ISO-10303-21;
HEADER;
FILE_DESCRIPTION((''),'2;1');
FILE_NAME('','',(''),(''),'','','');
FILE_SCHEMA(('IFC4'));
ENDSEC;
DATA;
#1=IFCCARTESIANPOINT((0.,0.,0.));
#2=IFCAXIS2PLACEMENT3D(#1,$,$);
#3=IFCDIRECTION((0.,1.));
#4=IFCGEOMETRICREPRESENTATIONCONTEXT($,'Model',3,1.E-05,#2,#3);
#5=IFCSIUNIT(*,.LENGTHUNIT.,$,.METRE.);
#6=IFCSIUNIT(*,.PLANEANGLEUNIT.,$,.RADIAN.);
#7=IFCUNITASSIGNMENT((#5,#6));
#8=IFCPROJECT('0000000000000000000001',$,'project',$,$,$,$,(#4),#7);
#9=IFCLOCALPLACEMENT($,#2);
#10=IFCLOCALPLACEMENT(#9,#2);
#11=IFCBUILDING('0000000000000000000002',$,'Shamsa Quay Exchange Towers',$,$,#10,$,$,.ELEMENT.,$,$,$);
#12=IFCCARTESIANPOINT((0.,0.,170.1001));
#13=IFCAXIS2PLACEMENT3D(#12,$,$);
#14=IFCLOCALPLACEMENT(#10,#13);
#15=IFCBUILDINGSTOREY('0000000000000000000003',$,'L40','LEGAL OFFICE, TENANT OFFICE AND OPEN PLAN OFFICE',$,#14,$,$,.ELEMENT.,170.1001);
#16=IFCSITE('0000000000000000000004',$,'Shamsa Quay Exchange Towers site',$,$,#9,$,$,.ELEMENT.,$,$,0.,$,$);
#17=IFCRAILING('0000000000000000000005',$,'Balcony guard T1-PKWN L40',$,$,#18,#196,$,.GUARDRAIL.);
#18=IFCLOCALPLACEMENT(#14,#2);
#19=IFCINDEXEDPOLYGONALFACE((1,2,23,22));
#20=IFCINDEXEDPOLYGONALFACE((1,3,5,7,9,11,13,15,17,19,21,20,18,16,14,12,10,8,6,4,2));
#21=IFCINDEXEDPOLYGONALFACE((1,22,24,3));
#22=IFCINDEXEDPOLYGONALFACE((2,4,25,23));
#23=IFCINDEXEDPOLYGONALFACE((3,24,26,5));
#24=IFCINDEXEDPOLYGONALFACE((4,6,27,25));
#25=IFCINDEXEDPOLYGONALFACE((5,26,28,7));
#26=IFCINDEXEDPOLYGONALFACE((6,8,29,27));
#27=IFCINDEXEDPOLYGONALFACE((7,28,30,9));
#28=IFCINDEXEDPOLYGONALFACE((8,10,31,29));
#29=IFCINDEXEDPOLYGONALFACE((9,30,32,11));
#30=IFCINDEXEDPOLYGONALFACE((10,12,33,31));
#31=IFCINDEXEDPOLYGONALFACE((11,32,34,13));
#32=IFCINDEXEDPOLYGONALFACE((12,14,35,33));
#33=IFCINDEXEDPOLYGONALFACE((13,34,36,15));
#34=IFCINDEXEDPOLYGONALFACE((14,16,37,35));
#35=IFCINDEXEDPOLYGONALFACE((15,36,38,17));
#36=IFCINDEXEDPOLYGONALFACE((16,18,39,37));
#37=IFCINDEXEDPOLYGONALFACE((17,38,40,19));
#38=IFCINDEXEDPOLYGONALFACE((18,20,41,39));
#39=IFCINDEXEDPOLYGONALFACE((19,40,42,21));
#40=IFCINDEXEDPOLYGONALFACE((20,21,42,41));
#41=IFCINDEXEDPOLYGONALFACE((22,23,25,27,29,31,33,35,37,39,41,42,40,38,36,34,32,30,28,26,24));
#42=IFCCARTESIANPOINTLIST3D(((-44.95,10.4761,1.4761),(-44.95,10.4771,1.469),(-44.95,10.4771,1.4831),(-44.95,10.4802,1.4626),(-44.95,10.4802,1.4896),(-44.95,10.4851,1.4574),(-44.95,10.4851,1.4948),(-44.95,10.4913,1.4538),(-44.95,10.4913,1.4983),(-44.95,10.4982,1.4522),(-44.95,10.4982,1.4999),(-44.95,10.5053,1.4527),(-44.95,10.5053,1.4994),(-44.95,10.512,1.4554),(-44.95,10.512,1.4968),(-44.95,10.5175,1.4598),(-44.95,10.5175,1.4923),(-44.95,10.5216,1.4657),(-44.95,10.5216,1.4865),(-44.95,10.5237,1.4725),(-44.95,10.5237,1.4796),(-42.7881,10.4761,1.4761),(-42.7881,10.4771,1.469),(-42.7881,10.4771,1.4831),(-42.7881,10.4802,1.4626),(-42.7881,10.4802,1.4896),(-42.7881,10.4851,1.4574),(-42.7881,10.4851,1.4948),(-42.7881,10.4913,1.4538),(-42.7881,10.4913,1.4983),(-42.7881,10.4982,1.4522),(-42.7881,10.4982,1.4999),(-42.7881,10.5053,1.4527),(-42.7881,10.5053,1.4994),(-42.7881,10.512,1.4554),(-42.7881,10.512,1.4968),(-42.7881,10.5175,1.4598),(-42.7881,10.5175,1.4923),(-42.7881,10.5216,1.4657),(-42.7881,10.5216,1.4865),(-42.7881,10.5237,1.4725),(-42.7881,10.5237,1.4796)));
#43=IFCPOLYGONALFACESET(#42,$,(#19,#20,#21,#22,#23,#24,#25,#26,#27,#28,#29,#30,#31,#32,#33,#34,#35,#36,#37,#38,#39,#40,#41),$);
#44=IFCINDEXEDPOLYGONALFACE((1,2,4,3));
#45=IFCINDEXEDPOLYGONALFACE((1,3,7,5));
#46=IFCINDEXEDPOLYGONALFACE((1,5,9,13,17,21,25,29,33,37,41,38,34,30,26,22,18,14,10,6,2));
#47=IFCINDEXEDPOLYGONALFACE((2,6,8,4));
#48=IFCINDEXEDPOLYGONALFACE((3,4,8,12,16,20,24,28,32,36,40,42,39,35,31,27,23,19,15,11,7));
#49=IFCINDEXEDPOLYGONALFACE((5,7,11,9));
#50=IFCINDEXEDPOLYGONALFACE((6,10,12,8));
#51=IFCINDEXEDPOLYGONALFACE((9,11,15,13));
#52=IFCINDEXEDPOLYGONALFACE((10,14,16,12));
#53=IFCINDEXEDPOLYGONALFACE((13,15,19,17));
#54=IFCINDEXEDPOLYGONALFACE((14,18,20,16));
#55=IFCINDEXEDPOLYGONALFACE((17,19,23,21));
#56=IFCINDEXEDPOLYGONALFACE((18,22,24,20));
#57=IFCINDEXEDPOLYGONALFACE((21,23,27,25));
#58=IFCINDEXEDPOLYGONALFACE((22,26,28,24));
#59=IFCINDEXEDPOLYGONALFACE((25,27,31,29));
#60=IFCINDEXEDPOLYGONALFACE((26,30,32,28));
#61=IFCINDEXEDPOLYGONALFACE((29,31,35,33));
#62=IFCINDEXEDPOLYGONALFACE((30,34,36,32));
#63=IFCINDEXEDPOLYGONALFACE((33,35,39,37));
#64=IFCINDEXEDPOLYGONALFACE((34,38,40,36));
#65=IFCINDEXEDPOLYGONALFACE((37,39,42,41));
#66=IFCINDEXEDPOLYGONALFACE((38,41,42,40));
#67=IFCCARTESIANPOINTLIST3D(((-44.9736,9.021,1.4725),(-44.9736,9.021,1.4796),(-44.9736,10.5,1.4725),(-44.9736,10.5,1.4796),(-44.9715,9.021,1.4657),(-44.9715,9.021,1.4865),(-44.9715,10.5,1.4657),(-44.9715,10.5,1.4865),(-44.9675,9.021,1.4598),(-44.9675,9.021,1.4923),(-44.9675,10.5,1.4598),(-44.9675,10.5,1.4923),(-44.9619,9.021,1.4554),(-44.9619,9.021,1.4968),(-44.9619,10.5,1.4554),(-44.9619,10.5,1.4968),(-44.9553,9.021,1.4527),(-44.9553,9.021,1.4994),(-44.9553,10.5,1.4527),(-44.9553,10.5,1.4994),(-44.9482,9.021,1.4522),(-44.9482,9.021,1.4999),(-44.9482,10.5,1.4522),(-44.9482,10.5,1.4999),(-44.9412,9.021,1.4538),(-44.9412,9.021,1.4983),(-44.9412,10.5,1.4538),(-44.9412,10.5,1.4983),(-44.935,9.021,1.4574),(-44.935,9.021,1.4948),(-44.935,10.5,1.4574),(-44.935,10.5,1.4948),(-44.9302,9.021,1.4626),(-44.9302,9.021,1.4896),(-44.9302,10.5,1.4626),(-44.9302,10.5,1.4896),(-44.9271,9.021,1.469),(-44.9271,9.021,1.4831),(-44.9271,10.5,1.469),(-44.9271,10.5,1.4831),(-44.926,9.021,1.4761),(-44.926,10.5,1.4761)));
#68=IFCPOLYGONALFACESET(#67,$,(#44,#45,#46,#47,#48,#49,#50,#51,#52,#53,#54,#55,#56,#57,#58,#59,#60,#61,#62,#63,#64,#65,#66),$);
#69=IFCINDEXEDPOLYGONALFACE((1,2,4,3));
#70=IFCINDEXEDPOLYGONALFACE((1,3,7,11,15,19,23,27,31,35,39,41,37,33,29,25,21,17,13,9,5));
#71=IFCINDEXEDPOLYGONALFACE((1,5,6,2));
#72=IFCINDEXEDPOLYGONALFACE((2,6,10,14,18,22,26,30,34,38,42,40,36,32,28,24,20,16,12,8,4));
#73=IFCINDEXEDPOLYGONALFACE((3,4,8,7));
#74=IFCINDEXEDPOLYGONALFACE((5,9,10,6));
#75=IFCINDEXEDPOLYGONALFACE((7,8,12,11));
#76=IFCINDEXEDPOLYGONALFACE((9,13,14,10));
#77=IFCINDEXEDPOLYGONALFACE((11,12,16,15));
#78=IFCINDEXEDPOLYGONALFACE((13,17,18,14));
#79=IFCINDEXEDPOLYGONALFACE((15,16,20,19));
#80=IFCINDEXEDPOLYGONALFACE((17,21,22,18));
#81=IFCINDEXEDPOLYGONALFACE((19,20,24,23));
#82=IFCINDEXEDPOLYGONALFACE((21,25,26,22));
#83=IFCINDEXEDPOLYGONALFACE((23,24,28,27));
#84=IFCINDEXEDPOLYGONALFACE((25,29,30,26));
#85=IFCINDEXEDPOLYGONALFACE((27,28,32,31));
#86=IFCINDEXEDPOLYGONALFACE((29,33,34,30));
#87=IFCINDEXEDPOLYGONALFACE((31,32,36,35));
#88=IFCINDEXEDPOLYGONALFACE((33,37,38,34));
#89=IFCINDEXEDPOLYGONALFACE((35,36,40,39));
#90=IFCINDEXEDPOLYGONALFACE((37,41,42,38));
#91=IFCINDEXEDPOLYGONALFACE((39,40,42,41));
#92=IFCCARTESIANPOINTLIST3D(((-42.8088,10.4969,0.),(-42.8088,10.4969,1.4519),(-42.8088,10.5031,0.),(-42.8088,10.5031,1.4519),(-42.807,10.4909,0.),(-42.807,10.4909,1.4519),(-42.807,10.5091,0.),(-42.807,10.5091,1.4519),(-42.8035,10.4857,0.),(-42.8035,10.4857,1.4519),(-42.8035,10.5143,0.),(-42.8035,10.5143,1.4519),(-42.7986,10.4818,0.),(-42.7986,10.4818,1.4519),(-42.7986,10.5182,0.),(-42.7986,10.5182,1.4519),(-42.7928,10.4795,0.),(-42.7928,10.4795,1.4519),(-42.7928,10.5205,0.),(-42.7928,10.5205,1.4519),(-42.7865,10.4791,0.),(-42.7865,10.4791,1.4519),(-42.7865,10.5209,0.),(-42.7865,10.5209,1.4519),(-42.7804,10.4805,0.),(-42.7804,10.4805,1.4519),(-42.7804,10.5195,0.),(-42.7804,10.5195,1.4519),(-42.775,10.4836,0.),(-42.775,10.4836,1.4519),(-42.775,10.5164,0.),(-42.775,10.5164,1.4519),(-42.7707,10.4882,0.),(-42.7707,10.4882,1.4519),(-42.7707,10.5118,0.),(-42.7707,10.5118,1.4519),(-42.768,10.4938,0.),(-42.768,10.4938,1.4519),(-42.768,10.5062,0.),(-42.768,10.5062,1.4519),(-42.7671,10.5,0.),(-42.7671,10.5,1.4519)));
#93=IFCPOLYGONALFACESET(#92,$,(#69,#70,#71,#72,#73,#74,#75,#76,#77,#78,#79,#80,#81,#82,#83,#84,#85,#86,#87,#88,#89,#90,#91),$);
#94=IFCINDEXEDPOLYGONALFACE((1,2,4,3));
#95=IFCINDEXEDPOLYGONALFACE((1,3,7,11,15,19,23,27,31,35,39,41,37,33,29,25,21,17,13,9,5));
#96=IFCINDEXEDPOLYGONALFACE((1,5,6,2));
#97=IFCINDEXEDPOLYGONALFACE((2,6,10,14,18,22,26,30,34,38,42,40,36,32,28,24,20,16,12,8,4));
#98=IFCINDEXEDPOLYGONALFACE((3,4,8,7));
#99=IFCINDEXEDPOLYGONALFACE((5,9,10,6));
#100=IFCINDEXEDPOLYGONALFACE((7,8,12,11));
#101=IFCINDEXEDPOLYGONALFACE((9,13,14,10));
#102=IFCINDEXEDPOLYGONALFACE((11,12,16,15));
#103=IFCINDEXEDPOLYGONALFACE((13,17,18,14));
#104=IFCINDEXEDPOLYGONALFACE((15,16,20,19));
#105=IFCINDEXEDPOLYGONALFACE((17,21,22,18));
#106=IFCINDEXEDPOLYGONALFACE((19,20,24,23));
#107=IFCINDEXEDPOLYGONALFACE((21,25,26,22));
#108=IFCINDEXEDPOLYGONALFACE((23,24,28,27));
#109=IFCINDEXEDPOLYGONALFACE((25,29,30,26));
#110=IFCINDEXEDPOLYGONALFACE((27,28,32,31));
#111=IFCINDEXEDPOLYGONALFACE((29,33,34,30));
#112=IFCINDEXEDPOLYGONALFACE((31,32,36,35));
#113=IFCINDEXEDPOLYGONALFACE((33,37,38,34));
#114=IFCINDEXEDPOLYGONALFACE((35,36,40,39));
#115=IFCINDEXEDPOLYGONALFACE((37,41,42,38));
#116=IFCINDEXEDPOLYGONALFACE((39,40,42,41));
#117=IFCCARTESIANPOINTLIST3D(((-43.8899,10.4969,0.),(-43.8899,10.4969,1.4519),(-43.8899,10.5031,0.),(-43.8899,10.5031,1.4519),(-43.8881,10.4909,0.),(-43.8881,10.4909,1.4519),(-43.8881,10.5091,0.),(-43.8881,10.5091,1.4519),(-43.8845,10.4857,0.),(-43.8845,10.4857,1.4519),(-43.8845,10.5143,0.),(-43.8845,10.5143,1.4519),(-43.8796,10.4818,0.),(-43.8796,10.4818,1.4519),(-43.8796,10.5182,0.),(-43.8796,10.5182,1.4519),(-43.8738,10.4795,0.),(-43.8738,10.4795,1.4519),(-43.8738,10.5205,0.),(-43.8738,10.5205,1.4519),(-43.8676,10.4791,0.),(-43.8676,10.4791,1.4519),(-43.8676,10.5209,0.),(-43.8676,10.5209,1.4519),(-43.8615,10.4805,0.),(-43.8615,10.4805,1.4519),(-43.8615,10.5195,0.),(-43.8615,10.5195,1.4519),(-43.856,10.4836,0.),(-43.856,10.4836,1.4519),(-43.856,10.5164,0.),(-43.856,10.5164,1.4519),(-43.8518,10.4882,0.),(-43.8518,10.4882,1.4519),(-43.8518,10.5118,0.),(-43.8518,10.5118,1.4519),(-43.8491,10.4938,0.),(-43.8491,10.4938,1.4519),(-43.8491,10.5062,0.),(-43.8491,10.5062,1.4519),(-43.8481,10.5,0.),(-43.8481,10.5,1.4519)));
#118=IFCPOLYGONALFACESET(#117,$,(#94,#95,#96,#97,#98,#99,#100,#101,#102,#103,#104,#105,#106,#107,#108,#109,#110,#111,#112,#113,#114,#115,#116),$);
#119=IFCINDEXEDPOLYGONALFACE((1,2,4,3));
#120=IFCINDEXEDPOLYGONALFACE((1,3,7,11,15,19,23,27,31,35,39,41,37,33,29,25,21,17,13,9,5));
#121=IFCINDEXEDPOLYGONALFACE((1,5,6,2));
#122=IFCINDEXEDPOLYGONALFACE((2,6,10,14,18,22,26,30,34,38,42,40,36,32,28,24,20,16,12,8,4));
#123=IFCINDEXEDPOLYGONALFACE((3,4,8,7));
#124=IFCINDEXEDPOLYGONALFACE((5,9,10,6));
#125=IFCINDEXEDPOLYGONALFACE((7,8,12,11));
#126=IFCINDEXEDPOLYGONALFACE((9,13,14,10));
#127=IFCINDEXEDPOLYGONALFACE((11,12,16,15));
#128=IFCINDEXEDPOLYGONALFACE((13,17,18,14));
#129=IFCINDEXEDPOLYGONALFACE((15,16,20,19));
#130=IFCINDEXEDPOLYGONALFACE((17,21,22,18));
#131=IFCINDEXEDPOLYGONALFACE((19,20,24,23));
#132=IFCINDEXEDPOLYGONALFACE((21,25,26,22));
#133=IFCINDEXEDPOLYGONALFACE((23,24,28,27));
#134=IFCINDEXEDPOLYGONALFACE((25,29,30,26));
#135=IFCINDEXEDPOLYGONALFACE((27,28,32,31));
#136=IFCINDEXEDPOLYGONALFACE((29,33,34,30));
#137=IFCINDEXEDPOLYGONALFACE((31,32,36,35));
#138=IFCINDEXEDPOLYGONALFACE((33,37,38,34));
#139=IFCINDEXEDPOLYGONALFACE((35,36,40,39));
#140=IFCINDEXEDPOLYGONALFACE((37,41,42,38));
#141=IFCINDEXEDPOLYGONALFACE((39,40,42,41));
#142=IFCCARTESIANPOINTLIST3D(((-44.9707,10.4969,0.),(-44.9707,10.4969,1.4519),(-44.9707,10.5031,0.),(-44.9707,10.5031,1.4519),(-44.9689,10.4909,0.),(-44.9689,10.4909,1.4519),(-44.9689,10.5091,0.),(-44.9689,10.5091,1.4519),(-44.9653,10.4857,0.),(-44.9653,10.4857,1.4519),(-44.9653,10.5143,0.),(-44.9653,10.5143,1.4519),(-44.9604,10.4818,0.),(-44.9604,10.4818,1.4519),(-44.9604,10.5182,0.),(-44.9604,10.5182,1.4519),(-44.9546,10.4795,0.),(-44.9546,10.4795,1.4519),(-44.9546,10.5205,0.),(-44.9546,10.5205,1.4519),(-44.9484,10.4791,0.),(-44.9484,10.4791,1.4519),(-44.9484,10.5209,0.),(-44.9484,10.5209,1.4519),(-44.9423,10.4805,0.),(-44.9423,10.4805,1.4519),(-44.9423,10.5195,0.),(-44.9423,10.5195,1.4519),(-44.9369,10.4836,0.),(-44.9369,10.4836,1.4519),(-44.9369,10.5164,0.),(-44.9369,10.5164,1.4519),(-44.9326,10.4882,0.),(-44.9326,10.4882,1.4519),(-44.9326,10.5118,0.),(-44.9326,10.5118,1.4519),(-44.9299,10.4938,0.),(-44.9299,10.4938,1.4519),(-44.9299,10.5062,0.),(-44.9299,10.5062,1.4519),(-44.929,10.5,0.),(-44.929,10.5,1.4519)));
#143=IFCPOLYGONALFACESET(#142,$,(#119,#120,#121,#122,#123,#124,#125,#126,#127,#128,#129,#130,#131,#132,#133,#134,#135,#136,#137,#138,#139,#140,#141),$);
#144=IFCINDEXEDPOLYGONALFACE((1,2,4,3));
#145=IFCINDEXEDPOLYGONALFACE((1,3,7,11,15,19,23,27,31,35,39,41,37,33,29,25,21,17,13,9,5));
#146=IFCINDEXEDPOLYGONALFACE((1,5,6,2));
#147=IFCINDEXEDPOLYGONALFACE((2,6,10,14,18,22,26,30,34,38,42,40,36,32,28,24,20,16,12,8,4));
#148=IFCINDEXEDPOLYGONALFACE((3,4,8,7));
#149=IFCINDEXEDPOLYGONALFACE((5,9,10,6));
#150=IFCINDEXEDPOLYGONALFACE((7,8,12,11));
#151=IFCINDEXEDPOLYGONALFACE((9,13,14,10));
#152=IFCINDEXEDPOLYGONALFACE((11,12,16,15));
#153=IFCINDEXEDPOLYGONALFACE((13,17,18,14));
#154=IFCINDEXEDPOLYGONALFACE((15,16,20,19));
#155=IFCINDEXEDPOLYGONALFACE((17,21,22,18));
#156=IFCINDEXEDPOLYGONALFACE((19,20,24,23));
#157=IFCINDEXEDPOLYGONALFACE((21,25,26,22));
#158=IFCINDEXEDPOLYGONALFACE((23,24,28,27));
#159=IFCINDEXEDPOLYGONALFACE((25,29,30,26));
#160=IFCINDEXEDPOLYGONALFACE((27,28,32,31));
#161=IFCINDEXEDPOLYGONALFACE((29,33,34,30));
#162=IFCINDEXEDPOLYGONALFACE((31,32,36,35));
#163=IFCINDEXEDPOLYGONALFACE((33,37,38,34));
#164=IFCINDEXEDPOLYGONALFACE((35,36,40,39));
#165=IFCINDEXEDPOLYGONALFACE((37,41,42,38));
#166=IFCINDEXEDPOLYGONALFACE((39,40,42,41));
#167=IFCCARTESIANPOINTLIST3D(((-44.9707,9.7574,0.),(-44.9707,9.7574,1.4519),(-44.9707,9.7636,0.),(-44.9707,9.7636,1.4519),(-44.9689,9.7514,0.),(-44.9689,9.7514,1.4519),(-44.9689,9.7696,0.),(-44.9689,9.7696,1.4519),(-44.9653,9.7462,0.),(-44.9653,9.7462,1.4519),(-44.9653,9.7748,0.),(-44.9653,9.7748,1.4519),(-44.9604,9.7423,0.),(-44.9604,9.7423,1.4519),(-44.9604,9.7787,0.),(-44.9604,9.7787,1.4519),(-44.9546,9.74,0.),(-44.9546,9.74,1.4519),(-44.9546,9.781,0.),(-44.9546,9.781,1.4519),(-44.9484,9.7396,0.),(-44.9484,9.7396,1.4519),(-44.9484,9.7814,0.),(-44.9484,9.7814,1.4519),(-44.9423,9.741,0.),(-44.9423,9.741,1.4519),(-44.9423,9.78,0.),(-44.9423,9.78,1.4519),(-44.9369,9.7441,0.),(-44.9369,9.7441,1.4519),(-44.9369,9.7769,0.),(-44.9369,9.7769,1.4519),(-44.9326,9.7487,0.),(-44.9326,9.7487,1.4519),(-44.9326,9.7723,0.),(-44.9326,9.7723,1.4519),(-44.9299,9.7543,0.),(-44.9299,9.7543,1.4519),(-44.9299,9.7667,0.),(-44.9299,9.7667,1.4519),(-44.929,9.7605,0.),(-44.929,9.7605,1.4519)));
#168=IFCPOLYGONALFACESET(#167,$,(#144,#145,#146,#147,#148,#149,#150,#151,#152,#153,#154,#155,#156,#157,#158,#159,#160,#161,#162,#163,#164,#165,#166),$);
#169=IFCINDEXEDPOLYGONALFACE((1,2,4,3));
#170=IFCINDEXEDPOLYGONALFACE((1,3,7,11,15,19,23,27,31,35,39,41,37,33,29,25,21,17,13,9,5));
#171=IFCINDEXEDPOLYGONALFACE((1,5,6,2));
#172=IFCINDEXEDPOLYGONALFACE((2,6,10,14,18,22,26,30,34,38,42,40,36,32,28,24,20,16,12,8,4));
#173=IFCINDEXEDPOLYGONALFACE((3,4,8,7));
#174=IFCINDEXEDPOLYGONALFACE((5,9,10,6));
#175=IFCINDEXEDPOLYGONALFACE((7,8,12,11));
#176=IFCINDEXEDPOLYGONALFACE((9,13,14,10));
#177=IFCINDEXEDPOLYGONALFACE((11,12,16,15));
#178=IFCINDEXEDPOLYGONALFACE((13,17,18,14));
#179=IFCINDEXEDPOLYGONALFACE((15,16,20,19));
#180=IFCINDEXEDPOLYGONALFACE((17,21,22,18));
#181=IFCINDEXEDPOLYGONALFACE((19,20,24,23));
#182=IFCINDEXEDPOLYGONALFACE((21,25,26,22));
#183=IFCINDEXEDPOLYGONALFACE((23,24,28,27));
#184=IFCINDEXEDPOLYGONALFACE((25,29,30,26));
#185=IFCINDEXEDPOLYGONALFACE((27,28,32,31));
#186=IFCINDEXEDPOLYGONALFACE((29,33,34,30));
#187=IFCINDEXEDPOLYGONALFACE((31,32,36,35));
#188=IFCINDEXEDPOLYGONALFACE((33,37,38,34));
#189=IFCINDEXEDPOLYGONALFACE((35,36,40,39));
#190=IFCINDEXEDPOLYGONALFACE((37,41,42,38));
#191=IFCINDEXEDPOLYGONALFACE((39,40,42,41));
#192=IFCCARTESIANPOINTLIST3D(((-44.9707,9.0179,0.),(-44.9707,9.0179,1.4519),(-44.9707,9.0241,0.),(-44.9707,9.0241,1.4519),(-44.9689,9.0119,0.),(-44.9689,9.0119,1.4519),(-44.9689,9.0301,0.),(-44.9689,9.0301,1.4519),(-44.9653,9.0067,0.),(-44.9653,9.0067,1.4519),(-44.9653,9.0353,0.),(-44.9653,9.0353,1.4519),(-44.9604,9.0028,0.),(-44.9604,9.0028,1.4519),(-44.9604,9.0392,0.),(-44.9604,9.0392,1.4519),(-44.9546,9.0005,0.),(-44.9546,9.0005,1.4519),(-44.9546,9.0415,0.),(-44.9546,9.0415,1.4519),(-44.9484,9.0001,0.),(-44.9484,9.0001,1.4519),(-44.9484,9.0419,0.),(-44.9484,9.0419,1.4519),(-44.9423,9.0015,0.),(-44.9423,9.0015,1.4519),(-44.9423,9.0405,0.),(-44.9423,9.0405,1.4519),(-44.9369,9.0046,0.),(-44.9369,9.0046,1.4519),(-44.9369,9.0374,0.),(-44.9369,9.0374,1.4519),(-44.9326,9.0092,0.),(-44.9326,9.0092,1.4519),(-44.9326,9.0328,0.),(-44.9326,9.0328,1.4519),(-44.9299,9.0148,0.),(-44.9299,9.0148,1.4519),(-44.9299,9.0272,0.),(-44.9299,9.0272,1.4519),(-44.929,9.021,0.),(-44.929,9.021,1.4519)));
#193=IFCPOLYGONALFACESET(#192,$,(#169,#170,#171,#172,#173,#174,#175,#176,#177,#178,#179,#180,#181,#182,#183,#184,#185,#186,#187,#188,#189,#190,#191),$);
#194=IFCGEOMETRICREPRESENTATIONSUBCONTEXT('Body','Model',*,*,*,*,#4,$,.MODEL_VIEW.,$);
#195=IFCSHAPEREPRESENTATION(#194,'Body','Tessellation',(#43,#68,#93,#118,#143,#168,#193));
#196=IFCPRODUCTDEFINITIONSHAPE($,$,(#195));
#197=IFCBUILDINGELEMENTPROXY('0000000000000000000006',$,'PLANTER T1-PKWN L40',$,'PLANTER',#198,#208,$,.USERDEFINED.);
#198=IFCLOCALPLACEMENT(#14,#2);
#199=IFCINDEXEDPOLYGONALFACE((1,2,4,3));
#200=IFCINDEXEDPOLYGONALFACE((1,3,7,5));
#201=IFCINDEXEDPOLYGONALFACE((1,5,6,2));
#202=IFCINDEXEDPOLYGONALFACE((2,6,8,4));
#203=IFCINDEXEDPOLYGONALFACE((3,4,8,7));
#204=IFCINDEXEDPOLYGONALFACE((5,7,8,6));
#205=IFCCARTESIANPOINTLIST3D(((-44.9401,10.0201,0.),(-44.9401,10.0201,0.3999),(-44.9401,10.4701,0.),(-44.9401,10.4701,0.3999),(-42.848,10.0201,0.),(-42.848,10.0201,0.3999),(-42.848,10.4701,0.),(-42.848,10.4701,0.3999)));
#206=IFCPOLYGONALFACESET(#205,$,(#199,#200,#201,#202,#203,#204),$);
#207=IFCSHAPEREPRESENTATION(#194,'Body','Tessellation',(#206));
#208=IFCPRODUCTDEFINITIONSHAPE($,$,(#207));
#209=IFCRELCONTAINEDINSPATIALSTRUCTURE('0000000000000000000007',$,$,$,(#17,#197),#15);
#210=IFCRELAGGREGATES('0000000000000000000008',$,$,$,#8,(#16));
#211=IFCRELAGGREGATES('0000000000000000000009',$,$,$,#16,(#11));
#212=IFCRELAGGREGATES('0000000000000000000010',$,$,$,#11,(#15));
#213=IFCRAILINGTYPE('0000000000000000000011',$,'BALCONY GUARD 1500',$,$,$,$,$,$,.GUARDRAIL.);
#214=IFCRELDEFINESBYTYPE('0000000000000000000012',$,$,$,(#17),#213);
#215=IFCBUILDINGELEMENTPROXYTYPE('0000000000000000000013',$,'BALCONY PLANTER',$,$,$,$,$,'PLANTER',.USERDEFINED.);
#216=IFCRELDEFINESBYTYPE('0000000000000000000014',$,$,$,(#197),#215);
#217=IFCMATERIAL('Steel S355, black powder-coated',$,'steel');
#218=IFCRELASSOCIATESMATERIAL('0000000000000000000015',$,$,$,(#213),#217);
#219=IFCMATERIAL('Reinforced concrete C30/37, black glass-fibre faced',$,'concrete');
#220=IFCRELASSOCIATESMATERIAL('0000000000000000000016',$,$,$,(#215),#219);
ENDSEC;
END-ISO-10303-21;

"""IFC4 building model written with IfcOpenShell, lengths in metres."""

from ifc_helpers import new_model, si_unit, direction, frame, origin, origin_2d, place, context, subcontext, project, spatial, rectangle, circle, extrude, material, type_object, element, save


model = new_model("IFC4")

# Units and contexts
model_context = context("Model", 3, precision=1e-05, world=origin(), true_north=direction((0.0, 1.0)))
body_context = subcontext(model_context, "Body", "Model", "MODEL_VIEW")
ifc_project = project(units=[si_unit("LENGTHUNIT", "METRE"), si_unit("PLANEANGLEUNIT", "RADIAN")], contexts=[model_context])

# Site, building, storey
site_placement = place(None, origin())
site = spatial("IfcSite", under=ifc_project, at=site_placement, Name="Shamsa Quay Exchange Towers site", CompositionType="ELEMENT", RefElevation=0.0)
building_placement = place(site_placement, origin())
building = spatial("IfcBuilding", under=site, at=building_placement, Name="Shamsa Quay Exchange Towers", CompositionType="ELEMENT")
storey_placement = place(building_placement, frame((0.0, 0.0, 170.1001)))
storey = spatial("IfcBuildingStorey", under=building, at=storey_placement, Name="L40", Description="LEGAL OFFICE, TENANT OFFICE AND OPEN PLAN OFFICE", CompositionType="ELEMENT", Elevation=170.1001)

# Railing
ifc_material_1 = material(Name="Steel S355, black powder-coated", Category="steel")
railing_type_1 = type_object("IfcRailingType", Name="BALCONY GUARD 1500", PredefinedType="GUARDRAIL", material=ifc_material_1)
railing_1_placement = place(storey_placement, frame((-42.7881, 10.5, 0.0)))
element("IfcRailing", 1, at=railing_1_placement, inside=storey, type_object=railing_type_1, Name="Balcony guard T1-PKWN L40", PredefinedType="GUARDRAIL", context=body_context, shape_type="SweptSolid", body=[
    extrude(circle(Radius=0.0239, at=origin_2d()), frame((0.0, 0.0, 1.4761), z_axis=(-1.0, 0.0, 0.0), x_axis=(0.0, -1.0, 0.0)), (0.0, 0.0, 1.0), 2.1619),
    extrude(circle(Radius=0.0239, at=origin_2d()), frame((-2.1619, 0.0, 1.4761), z_axis=(0.0, -1.0, 0.0), x_axis=(1.0, 0.0, 0.0)), (0.0, 0.0, 1.0), 1.479),
    extrude(circle(Radius=0.021, at=origin_2d()), origin(), (0.0, 0.0, 1.0), 1.4519),
    extrude(circle(Radius=0.021, at=origin_2d()), frame((-1.0811, 0.0, 0.0)), (0.0, 0.0, 1.0), 1.4519),
    extrude(circle(Radius=0.021, at=origin_2d()), frame((-2.1619, 0.0, 0.0)), (0.0, 0.0, 1.0), 1.4519),
    extrude(circle(Radius=0.021, at=origin_2d()), frame((-2.1619, -0.7395, 0.0)), (0.0, 0.0, 1.0), 1.4519),
    extrude(circle(Radius=0.021, at=origin_2d()), frame((-2.1619, -1.479, 0.0)), (0.0, 0.0, 1.0), 1.4519),
])

# Building element proxy
ifc_material_2 = material(Name="Reinforced concrete C30/37, black glass-fibre faced", Category="concrete")
building_element_proxy_type = type_object("IfcBuildingElementProxyType", Name="BALCONY PLANTER", ElementType="PLANTER", PredefinedType="USERDEFINED", material=ifc_material_2)
proxy_placement = place(storey_placement, frame((-43.894, 10.2451, 0.0), z_axis=(0.0, 0.0, 1.0), x_axis=(-1.0, 0.0, 0.0)))
element("IfcBuildingElementProxy", 2, at=proxy_placement, inside=storey, type_object=building_element_proxy_type, Name="PLANTER T1-PKWN L40", ObjectType="PLANTER", PredefinedType="USERDEFINED", context=body_context, shape_type="SweptSolid", body=[
    extrude(rectangle(XDim=2.092, YDim=0.45, at=origin_2d()), origin(), (0.0, 0.0, 1.0), 0.3999),
])

save(model, "model.ifc")
